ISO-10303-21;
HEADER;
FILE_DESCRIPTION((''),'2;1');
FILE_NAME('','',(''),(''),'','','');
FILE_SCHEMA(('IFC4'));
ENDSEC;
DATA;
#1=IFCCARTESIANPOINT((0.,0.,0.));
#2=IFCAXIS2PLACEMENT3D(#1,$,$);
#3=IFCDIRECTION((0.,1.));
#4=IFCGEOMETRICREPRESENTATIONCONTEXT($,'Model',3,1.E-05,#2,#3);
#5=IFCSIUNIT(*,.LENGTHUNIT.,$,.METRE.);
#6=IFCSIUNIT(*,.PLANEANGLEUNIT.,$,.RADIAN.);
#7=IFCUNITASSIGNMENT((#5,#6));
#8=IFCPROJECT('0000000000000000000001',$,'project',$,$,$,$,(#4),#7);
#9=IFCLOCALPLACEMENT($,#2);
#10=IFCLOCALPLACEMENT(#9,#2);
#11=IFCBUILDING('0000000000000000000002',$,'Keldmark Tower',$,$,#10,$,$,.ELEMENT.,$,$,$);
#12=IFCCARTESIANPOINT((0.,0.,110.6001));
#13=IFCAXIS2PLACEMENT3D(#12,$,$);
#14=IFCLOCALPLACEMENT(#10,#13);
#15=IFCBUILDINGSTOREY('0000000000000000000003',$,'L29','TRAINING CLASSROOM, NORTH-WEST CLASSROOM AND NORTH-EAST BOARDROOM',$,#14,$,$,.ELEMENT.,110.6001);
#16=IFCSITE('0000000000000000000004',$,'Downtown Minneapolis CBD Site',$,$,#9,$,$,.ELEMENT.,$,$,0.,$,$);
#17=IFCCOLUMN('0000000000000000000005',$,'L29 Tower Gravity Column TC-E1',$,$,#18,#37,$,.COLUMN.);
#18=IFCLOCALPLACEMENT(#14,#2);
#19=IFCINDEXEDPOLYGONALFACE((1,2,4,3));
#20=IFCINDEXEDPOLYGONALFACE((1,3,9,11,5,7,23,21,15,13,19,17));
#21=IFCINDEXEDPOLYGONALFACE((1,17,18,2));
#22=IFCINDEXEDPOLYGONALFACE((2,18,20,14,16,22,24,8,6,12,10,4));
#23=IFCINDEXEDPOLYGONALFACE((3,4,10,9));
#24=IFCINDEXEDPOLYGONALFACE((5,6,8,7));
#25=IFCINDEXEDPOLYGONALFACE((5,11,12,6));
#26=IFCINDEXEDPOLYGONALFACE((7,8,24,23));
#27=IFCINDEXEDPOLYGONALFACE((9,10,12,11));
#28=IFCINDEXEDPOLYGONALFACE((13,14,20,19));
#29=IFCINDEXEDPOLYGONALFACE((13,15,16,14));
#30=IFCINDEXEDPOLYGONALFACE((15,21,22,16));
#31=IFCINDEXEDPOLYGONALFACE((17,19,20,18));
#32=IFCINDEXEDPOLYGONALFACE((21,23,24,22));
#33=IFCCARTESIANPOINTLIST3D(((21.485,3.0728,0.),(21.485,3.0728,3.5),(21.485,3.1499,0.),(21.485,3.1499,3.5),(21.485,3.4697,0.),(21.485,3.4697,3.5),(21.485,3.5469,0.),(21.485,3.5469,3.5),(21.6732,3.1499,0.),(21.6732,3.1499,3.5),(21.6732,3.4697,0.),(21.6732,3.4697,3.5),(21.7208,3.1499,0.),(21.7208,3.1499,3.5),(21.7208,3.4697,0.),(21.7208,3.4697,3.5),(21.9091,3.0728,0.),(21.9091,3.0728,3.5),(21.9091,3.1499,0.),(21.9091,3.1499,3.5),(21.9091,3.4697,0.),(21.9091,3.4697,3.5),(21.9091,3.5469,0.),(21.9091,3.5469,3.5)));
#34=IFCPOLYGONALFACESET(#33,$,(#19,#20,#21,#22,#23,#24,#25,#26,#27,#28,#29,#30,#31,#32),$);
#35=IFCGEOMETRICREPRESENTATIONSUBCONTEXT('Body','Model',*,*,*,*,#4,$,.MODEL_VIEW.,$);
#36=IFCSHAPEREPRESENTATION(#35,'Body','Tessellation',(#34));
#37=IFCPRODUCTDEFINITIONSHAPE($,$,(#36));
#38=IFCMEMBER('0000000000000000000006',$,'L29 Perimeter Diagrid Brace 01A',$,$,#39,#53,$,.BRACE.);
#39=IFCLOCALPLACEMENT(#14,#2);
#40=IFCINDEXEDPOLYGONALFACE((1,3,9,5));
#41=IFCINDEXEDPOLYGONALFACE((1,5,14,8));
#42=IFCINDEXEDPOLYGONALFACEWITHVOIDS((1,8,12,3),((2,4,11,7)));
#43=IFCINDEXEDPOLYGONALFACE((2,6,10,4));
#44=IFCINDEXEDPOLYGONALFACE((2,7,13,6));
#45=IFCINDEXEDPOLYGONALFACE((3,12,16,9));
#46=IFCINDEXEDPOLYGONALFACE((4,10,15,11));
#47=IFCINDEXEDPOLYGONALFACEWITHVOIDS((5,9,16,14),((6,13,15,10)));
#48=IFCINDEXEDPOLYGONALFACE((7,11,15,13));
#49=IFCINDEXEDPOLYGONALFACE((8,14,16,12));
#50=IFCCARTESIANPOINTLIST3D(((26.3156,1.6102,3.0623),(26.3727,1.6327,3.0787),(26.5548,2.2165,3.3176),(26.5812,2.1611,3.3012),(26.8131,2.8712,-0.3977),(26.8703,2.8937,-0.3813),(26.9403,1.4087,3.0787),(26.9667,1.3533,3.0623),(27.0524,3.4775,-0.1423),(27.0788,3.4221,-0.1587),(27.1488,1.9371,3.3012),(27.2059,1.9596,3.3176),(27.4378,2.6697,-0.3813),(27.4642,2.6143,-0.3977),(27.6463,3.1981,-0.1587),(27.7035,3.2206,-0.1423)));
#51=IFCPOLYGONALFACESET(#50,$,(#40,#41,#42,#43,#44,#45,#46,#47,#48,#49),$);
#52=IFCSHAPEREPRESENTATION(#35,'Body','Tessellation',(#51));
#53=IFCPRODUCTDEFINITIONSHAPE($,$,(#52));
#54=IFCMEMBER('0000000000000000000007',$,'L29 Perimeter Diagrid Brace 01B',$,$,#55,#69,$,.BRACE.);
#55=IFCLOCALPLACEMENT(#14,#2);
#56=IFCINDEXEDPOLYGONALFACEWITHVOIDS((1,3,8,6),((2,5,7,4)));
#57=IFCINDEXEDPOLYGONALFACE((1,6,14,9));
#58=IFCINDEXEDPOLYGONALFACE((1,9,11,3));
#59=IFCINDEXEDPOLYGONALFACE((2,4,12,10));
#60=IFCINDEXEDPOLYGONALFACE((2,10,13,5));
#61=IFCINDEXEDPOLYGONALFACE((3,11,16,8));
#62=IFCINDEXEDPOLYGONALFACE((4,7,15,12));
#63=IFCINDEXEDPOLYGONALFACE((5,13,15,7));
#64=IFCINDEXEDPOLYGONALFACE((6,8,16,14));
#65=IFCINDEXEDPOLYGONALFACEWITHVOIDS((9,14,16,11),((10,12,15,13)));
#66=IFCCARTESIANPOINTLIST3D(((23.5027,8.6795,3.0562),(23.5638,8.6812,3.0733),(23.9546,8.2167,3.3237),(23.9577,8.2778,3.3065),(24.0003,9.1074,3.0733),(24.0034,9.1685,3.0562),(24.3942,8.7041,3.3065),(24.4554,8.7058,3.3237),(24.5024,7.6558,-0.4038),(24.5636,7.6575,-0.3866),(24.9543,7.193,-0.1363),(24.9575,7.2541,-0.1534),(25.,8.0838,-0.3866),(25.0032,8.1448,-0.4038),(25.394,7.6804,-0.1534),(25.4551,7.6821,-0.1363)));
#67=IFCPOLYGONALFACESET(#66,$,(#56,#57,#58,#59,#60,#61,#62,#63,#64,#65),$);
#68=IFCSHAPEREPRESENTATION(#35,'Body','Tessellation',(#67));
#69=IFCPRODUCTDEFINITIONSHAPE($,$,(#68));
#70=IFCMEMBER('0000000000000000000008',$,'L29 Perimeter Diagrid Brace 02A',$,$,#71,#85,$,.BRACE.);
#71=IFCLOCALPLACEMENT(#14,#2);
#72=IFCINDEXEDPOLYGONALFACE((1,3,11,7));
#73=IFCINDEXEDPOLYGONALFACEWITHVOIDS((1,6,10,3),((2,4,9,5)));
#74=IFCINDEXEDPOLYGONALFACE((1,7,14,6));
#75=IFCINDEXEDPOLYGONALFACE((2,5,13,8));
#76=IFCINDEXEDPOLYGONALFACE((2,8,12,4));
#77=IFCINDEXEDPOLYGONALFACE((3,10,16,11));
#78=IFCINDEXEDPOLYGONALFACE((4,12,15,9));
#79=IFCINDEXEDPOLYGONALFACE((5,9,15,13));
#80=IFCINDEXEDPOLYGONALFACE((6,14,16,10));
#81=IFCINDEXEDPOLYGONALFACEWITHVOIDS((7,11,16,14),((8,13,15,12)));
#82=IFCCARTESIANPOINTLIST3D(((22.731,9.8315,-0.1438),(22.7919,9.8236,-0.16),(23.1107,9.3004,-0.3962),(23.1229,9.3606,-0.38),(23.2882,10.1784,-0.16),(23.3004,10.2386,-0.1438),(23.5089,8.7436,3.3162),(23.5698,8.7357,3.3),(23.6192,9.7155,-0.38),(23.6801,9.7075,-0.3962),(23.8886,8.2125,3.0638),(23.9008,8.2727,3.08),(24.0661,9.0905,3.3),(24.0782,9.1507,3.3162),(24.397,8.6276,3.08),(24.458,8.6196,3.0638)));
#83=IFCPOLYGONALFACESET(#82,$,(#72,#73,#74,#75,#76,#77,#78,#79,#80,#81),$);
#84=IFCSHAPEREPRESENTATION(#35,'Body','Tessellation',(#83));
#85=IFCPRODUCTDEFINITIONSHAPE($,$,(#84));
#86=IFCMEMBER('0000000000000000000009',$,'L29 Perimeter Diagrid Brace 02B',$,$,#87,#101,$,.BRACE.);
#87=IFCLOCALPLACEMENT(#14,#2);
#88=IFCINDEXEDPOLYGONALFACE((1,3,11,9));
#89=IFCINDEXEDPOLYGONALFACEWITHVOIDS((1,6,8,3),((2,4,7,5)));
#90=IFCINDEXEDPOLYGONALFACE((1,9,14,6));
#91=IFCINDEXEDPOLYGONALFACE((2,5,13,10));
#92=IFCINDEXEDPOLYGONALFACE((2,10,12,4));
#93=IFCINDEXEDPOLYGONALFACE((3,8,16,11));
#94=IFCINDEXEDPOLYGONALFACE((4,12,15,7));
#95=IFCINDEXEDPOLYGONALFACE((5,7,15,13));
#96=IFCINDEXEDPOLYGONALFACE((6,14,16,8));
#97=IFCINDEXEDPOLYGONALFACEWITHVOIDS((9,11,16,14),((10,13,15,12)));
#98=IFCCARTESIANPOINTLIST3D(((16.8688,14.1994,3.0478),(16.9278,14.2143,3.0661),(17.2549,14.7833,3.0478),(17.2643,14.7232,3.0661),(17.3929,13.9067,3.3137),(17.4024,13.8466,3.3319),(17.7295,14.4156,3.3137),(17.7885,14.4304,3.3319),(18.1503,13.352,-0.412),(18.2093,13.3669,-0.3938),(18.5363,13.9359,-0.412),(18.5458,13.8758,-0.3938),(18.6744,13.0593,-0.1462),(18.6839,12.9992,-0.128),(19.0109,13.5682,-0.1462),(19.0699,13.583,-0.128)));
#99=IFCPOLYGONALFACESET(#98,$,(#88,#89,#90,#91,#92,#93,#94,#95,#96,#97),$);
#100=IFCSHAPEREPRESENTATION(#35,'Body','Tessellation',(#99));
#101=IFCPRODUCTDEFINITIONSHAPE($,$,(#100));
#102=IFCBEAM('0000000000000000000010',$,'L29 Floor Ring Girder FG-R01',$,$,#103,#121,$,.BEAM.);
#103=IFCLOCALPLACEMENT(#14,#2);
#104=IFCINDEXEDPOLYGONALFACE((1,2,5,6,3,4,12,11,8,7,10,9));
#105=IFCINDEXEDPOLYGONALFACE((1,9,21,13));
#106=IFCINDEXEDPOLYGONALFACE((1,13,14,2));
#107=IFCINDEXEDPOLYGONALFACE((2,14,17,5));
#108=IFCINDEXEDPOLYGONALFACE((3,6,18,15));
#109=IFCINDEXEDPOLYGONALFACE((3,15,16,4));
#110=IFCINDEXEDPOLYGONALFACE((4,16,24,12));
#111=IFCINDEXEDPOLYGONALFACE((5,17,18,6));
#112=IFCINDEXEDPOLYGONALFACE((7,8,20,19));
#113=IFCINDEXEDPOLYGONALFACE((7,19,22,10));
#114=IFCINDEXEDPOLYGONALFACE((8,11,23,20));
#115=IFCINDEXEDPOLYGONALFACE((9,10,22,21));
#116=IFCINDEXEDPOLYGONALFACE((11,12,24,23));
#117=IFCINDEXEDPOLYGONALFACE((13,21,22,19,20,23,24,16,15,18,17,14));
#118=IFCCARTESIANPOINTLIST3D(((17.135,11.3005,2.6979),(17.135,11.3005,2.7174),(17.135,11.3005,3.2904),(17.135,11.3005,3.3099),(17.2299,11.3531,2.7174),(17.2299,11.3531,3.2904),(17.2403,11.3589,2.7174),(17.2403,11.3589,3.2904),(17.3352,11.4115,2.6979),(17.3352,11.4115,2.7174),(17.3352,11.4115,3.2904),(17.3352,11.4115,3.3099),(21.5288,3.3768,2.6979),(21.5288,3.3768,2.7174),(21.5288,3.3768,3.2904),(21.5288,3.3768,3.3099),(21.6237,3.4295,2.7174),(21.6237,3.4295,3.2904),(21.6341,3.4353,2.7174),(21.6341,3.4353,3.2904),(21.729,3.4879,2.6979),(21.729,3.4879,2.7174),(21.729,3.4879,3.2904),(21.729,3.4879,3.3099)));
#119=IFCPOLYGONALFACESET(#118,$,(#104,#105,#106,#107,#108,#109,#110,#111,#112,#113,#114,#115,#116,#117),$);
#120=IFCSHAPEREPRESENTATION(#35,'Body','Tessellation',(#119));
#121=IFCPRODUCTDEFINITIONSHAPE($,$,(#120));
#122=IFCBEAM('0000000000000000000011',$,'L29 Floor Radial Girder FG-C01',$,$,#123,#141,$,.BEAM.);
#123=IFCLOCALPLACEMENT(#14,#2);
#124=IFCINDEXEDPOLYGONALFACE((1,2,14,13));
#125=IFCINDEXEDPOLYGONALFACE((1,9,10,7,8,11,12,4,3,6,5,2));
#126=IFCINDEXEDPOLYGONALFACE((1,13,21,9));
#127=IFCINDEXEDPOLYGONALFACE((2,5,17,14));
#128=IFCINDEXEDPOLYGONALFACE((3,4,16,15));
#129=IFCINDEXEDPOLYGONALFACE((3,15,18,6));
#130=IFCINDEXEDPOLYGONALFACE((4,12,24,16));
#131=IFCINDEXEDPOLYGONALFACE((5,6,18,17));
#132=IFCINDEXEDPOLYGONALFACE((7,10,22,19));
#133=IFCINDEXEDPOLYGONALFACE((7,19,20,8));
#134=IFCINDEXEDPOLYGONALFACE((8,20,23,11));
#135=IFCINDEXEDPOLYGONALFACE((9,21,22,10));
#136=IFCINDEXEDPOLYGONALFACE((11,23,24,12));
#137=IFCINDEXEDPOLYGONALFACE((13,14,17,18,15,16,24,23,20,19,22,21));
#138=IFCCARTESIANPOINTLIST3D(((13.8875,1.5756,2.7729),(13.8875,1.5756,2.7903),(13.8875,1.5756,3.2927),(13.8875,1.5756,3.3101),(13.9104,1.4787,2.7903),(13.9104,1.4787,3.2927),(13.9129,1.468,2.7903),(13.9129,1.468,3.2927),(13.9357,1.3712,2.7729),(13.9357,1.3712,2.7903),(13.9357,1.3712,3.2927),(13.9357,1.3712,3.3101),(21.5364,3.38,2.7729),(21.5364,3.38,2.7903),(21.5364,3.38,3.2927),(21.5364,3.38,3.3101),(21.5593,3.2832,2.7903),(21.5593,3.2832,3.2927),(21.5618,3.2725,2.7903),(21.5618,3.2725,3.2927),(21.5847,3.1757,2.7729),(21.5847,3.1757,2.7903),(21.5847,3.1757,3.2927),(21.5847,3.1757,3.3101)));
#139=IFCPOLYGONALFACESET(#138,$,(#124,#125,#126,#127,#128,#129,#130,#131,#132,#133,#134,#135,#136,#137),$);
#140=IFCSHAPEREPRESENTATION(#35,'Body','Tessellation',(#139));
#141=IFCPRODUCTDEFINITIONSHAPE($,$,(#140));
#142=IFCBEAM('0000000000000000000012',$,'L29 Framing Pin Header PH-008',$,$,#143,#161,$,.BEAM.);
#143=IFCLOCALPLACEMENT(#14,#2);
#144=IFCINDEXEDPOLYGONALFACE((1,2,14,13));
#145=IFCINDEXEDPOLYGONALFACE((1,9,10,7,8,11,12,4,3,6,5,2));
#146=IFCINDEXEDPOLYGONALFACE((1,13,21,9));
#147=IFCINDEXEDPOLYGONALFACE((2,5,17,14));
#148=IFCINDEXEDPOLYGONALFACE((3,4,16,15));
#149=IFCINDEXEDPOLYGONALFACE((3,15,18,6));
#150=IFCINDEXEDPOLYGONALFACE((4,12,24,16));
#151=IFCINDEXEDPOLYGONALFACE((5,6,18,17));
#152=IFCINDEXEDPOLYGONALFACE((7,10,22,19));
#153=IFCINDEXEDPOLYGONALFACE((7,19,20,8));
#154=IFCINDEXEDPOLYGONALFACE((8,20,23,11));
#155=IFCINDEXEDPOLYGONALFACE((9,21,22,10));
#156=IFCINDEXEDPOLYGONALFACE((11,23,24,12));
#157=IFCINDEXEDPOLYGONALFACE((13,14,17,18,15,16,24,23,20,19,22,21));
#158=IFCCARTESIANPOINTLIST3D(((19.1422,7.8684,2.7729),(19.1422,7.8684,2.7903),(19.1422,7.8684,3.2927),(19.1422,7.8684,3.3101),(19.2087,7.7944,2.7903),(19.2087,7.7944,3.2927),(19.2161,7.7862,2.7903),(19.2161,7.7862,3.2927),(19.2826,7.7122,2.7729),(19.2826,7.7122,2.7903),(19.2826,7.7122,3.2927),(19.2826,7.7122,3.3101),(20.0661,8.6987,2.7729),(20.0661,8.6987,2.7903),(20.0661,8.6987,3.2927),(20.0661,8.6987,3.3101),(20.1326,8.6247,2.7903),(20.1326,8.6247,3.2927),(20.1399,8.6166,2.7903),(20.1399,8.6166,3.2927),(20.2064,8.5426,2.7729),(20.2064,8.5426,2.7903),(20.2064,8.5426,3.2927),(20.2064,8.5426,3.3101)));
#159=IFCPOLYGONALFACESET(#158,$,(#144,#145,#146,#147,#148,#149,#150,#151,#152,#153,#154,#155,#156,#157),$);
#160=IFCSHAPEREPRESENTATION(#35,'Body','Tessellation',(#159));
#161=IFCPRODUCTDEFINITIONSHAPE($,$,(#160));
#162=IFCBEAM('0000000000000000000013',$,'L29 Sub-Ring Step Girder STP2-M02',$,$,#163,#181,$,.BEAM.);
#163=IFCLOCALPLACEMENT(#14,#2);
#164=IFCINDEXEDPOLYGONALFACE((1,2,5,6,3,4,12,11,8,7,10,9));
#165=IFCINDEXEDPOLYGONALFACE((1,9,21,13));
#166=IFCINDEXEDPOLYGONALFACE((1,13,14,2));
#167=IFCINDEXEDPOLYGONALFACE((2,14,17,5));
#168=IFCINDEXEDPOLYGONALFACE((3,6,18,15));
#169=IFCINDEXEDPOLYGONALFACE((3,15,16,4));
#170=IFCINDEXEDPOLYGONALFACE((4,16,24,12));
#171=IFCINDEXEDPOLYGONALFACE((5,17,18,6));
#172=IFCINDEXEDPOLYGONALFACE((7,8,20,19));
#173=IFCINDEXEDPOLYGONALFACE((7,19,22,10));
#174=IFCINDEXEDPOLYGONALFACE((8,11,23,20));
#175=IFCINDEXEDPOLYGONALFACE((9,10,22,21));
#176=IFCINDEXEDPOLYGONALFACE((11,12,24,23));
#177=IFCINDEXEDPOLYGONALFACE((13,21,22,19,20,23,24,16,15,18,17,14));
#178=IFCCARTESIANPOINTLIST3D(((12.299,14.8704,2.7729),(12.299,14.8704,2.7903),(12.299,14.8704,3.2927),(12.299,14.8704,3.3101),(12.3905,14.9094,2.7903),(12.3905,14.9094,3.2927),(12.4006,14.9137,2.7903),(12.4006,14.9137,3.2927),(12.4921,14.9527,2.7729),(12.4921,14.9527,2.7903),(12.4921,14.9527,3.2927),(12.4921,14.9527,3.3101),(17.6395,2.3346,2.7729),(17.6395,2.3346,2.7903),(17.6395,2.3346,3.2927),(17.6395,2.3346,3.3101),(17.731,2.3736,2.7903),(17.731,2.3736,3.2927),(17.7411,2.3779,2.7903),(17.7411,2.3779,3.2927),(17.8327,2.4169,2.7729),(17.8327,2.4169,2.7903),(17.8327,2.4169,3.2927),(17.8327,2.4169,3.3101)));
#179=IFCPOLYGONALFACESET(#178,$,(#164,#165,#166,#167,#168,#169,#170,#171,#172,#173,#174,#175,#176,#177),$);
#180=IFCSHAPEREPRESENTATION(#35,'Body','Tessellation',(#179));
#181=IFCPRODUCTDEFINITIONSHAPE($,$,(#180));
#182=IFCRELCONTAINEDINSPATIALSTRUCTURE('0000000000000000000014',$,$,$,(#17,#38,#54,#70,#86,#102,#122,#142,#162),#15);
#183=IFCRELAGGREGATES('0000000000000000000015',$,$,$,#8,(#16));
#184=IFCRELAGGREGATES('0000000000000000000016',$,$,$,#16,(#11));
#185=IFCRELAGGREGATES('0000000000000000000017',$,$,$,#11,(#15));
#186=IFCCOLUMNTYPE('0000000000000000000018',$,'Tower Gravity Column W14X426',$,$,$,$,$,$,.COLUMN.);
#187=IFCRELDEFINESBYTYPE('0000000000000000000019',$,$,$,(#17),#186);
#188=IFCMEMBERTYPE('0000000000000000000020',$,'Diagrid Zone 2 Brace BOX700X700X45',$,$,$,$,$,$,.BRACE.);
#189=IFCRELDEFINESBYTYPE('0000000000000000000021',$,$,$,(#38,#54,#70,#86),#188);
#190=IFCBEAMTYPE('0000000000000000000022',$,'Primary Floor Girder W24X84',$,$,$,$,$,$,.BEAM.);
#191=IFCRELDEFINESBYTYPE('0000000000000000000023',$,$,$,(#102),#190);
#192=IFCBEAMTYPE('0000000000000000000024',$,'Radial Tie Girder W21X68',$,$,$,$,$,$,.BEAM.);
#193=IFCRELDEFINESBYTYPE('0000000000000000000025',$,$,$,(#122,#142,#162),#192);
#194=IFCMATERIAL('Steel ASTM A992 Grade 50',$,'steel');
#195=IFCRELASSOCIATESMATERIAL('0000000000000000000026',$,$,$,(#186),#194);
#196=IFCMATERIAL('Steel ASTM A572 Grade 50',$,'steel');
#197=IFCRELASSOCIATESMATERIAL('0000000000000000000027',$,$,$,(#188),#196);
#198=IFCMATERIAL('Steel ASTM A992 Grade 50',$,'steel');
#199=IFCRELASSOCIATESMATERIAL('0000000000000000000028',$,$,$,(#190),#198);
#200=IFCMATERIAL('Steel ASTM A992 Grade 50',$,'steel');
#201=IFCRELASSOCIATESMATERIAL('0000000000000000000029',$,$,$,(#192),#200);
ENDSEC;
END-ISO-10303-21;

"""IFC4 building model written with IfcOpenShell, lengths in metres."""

from ifc_helpers import new_model, si_unit, direction, frame, origin, origin_2d, place, context, subcontext, project, spatial, hollow_rectangle, i_section, extrude, material, material_profile, profile_set, type_object, element, save


model = new_model("IFC4")

# Units and contexts
model_context = context("Model", 3, precision=1e-05, world=origin(), true_north=direction((0.0, 1.0)))
body_context = subcontext(model_context, "Body", "Model", "MODEL_VIEW")
ifc_project = project(units=[si_unit("LENGTHUNIT", "METRE"), si_unit("PLANEANGLEUNIT", "RADIAN")], contexts=[model_context])

# Site, building, storey
site_placement = place(None, origin())
site = spatial("IfcSite", under=ifc_project, at=site_placement, Name="Downtown Minneapolis CBD Site", CompositionType="ELEMENT", RefElevation=0.0)
building_placement = place(site_placement, origin())
building = spatial("IfcBuilding", under=site, at=building_placement, Name="Keldmark Tower", CompositionType="ELEMENT")
storey_placement = place(building_placement, frame((0.0, 0.0, 110.6001)))
storey = spatial("IfcBuildingStorey", under=building, at=storey_placement, Name="L29", Description="TRAINING CLASSROOM, NORTH-WEST CLASSROOM AND NORTH-EAST BOARDROOM", CompositionType="ELEMENT", Elevation=110.6001)

# Column
ifc_material_1 = material(Name="Steel ASTM A992 Grade 50", Category="steel")
ifc_material_profile_1 = material_profile(ifc_material_1, i_section(OverallWidth=0.4241, OverallDepth=0.4741, WebThickness=0.0476, FlangeThickness=0.0771, at=origin_2d()), Name="W14X426")
ifc_profile_set_1 = profile_set([ifc_material_profile_1], Name="Steel ASTM A992 Grade 50")
column_type = type_object("IfcColumnType", Name="Tower Gravity Column W14X426", PredefinedType="COLUMN", material=ifc_profile_set_1)
column_placement = place(storey_placement, frame((21.697, 3.3098, 0.0), z_axis=(0.0, 0.0, 1.0), x_axis=(1.0, 0.0, 0.0)))
element("IfcColumn", 1, at=column_placement, inside=storey, type_object=column_type, Name="L29 Tower Gravity Column TC-E1", PredefinedType="COLUMN", context=body_context, shape_type="SweptSolid", body=[
    extrude(i_section(OverallWidth=0.4241, OverallDepth=0.4741, WebThickness=0.0476, FlangeThickness=0.0771, at=origin_2d()), origin(), (0.0, 0.0, 1.0), 3.5),
])

# Members
ifc_material_2 = material(Name="Steel ASTM A572 Grade 50", Category="steel")
ifc_material_profile_2 = material_profile(ifc_material_2, hollow_rectangle(XDim=0.7, YDim=0.7, WallThickness=0.0449, at=origin_2d()), Name="BOX700X700X45")
ifc_profile_set_2 = profile_set([ifc_material_profile_2], Name="Steel ASTM A572 Grade 50")
member_type = type_object("IfcMemberType", Name="Diagrid Zone 2 Brace BOX700X700X45", PredefinedType="BRACE", material=ifc_profile_set_2)
member_1_placement = place(storey_placement, frame((27.2583, 3.0459, -0.27), z_axis=(-0.133895, -0.339336, 0.931087), x_axis=(0.930205, -0.367039, 0.0)))
element("IfcMember", 2, at=member_1_placement, inside=storey, type_object=member_type, Name="L29 Perimeter Diagrid Brace 01A", PredefinedType="BRACE", context=body_context, shape_type="SweptSolid", body=[
    extrude(hollow_rectangle(XDim=0.7, YDim=0.7, WallThickness=0.0449, at=origin_2d()), origin(), (0.0, 0.0, 1.0), 3.7161),
])
member_2_placement = place(storey_placement, frame((24.9788, 7.6689, -0.27), z_axis=(-0.267017, 0.273407, 0.924094), x_axis=(-0.715418, -0.698697, 0.0)))
element("IfcMember", 3, at=member_2_placement, inside=storey, type_object=member_type, Name="L29 Perimeter Diagrid Brace 01B", PredefinedType="BRACE", context=body_context, shape_type="SweptSolid", body=[
    extrude(hollow_rectangle(XDim=0.7, YDim=0.7, WallThickness=0.0449, at=origin_2d()), origin(), (0.0, 0.0, 1.0), 3.7441),
])
member_3_placement = place(storey_placement, frame((23.2056, 9.7695, -0.27), z_axis=(0.209691, -0.293277, 0.932748), x_axis=(0.813462, 0.581618, 0.0)))
element("IfcMember", 4, at=member_3_placement, inside=storey, type_object=member_type, Name="L29 Perimeter Diagrid Brace 02A", PredefinedType="BRACE", context=body_context, shape_type="SweptSolid", body=[
    extrude(hollow_rectangle(XDim=0.7, YDim=0.7, WallThickness=0.0449, at=origin_2d()), origin(), (0.0, 0.0, 1.0), 3.7095),
])
member_4_placement = place(storey_placement, frame((18.6101, 13.4675, -0.27), z_axis=(-0.338508, 0.223844, 0.913951), x_axis=(-0.551579, -0.834123, 0.0)))
element("IfcMember", 5, at=member_4_placement, inside=storey, type_object=member_type, Name="L29 Perimeter Diagrid Brace 02B", PredefinedType="BRACE", context=body_context, shape_type="SweptSolid", body=[
    extrude(hollow_rectangle(XDim=0.7, YDim=0.7, WallThickness=0.0449, at=origin_2d()), origin(), (0.0, 0.0, 1.0), 3.7856),
])

# Beams
ifc_material_3 = material(Name="Steel ASTM A992 Grade 50", Category="steel")
ifc_material_profile_3 = material_profile(ifc_material_3, i_section(OverallWidth=0.229, OverallDepth=0.6121, WebThickness=0.012, FlangeThickness=0.0195, at=origin_2d()), Name="W24X84")
ifc_profile_set_3 = profile_set([ifc_material_profile_3], Name="Steel ASTM A992 Grade 50")
beam_type_1 = type_object("IfcBeamType", Name="Primary Floor Girder W24X84", PredefinedType="BEAM", material=ifc_profile_set_3)
beam_1_placement = place(storey_placement, frame((21.6289, 3.4324, 3.0039), z_axis=(-0.484952, 0.874541, 0.0), x_axis=(-0.874541, -0.484952, 0.0)))
element("IfcBeam", 6, at=beam_1_placement, inside=storey, type_object=beam_type_1, Name="L29 Floor Ring Girder FG-R01", PredefinedType="BEAM", context=body_context, shape_type="SweptSolid", body=[
    extrude(i_section(OverallWidth=0.229, OverallDepth=0.6121, WebThickness=0.012, FlangeThickness=0.0195, at=origin_2d()), origin(), (0.0, 0.0, 1.0), 9.0603),
])
ifc_material_4 = material(Name="Steel ASTM A992 Grade 50", Category="steel")
ifc_material_profile_4 = material_profile(ifc_material_4, i_section(OverallWidth=0.21, OverallDepth=0.5371, WebThickness=0.011, FlangeThickness=0.0173, at=origin_2d()), Name="W21X68")
ifc_profile_set_4 = profile_set([ifc_material_profile_4], Name="Steel ASTM A992 Grade 50")
beam_type_2 = type_object("IfcBeamType", Name="Radial Tie Girder W21X68", PredefinedType="BEAM", material=ifc_profile_set_4)
beam_2_placement = place(storey_placement, frame((21.5605, 3.2778, 3.0415), z_axis=(-0.973284, -0.229606, 0.0), x_axis=(0.229606, -0.973284, 0.0)))
element("IfcBeam", 7, at=beam_2_placement, inside=storey, type_object=beam_type_2, Name="L29 Floor Radial Girder FG-C01", PredefinedType="BEAM", context=body_context, shape_type="SweptSolid", body=[
    extrude(i_section(OverallWidth=0.21, OverallDepth=0.5371, WebThickness=0.011, FlangeThickness=0.0173, at=origin_2d()), origin(), (0.0, 0.0, 1.0), 7.8589),
])
beam_3_placement = place(storey_placement, frame((19.2124, 7.7903, 3.0415), z_axis=(0.743744, 0.668465, 0.0), x_axis=(-0.668465, 0.743744, 0.0)))
element("IfcBeam", 8, at=beam_3_placement, inside=storey, type_object=beam_type_2, Name="L29 Framing Pin Header PH-008", PredefinedType="BEAM", context=body_context, shape_type="SweptSolid", body=[
    extrude(i_section(OverallWidth=0.21, OverallDepth=0.5371, WebThickness=0.011, FlangeThickness=0.0173, at=origin_2d()), origin(), (0.0, 0.0, 1.0), 1.2422),
])
beam_4_placement = place(storey_placement, frame((17.7361, 2.3757, 3.0415), z_axis=(-0.391938, 0.919992, 0.0), x_axis=(-0.919992, -0.391938, 0.0)))
element("IfcBeam", 9, at=beam_4_placement, inside=storey, type_object=beam_type_2, Name="L29 Sub-Ring Step Girder STP2-M02", PredefinedType="BEAM", context=body_context, shape_type="SweptSolid", body=[
    extrude(i_section(OverallWidth=0.21, OverallDepth=0.5371, WebThickness=0.011, FlangeThickness=0.0173, at=origin_2d()), origin(), (0.0, 0.0, 1.0), 13.626),
])

save(model, "model.ifc")
